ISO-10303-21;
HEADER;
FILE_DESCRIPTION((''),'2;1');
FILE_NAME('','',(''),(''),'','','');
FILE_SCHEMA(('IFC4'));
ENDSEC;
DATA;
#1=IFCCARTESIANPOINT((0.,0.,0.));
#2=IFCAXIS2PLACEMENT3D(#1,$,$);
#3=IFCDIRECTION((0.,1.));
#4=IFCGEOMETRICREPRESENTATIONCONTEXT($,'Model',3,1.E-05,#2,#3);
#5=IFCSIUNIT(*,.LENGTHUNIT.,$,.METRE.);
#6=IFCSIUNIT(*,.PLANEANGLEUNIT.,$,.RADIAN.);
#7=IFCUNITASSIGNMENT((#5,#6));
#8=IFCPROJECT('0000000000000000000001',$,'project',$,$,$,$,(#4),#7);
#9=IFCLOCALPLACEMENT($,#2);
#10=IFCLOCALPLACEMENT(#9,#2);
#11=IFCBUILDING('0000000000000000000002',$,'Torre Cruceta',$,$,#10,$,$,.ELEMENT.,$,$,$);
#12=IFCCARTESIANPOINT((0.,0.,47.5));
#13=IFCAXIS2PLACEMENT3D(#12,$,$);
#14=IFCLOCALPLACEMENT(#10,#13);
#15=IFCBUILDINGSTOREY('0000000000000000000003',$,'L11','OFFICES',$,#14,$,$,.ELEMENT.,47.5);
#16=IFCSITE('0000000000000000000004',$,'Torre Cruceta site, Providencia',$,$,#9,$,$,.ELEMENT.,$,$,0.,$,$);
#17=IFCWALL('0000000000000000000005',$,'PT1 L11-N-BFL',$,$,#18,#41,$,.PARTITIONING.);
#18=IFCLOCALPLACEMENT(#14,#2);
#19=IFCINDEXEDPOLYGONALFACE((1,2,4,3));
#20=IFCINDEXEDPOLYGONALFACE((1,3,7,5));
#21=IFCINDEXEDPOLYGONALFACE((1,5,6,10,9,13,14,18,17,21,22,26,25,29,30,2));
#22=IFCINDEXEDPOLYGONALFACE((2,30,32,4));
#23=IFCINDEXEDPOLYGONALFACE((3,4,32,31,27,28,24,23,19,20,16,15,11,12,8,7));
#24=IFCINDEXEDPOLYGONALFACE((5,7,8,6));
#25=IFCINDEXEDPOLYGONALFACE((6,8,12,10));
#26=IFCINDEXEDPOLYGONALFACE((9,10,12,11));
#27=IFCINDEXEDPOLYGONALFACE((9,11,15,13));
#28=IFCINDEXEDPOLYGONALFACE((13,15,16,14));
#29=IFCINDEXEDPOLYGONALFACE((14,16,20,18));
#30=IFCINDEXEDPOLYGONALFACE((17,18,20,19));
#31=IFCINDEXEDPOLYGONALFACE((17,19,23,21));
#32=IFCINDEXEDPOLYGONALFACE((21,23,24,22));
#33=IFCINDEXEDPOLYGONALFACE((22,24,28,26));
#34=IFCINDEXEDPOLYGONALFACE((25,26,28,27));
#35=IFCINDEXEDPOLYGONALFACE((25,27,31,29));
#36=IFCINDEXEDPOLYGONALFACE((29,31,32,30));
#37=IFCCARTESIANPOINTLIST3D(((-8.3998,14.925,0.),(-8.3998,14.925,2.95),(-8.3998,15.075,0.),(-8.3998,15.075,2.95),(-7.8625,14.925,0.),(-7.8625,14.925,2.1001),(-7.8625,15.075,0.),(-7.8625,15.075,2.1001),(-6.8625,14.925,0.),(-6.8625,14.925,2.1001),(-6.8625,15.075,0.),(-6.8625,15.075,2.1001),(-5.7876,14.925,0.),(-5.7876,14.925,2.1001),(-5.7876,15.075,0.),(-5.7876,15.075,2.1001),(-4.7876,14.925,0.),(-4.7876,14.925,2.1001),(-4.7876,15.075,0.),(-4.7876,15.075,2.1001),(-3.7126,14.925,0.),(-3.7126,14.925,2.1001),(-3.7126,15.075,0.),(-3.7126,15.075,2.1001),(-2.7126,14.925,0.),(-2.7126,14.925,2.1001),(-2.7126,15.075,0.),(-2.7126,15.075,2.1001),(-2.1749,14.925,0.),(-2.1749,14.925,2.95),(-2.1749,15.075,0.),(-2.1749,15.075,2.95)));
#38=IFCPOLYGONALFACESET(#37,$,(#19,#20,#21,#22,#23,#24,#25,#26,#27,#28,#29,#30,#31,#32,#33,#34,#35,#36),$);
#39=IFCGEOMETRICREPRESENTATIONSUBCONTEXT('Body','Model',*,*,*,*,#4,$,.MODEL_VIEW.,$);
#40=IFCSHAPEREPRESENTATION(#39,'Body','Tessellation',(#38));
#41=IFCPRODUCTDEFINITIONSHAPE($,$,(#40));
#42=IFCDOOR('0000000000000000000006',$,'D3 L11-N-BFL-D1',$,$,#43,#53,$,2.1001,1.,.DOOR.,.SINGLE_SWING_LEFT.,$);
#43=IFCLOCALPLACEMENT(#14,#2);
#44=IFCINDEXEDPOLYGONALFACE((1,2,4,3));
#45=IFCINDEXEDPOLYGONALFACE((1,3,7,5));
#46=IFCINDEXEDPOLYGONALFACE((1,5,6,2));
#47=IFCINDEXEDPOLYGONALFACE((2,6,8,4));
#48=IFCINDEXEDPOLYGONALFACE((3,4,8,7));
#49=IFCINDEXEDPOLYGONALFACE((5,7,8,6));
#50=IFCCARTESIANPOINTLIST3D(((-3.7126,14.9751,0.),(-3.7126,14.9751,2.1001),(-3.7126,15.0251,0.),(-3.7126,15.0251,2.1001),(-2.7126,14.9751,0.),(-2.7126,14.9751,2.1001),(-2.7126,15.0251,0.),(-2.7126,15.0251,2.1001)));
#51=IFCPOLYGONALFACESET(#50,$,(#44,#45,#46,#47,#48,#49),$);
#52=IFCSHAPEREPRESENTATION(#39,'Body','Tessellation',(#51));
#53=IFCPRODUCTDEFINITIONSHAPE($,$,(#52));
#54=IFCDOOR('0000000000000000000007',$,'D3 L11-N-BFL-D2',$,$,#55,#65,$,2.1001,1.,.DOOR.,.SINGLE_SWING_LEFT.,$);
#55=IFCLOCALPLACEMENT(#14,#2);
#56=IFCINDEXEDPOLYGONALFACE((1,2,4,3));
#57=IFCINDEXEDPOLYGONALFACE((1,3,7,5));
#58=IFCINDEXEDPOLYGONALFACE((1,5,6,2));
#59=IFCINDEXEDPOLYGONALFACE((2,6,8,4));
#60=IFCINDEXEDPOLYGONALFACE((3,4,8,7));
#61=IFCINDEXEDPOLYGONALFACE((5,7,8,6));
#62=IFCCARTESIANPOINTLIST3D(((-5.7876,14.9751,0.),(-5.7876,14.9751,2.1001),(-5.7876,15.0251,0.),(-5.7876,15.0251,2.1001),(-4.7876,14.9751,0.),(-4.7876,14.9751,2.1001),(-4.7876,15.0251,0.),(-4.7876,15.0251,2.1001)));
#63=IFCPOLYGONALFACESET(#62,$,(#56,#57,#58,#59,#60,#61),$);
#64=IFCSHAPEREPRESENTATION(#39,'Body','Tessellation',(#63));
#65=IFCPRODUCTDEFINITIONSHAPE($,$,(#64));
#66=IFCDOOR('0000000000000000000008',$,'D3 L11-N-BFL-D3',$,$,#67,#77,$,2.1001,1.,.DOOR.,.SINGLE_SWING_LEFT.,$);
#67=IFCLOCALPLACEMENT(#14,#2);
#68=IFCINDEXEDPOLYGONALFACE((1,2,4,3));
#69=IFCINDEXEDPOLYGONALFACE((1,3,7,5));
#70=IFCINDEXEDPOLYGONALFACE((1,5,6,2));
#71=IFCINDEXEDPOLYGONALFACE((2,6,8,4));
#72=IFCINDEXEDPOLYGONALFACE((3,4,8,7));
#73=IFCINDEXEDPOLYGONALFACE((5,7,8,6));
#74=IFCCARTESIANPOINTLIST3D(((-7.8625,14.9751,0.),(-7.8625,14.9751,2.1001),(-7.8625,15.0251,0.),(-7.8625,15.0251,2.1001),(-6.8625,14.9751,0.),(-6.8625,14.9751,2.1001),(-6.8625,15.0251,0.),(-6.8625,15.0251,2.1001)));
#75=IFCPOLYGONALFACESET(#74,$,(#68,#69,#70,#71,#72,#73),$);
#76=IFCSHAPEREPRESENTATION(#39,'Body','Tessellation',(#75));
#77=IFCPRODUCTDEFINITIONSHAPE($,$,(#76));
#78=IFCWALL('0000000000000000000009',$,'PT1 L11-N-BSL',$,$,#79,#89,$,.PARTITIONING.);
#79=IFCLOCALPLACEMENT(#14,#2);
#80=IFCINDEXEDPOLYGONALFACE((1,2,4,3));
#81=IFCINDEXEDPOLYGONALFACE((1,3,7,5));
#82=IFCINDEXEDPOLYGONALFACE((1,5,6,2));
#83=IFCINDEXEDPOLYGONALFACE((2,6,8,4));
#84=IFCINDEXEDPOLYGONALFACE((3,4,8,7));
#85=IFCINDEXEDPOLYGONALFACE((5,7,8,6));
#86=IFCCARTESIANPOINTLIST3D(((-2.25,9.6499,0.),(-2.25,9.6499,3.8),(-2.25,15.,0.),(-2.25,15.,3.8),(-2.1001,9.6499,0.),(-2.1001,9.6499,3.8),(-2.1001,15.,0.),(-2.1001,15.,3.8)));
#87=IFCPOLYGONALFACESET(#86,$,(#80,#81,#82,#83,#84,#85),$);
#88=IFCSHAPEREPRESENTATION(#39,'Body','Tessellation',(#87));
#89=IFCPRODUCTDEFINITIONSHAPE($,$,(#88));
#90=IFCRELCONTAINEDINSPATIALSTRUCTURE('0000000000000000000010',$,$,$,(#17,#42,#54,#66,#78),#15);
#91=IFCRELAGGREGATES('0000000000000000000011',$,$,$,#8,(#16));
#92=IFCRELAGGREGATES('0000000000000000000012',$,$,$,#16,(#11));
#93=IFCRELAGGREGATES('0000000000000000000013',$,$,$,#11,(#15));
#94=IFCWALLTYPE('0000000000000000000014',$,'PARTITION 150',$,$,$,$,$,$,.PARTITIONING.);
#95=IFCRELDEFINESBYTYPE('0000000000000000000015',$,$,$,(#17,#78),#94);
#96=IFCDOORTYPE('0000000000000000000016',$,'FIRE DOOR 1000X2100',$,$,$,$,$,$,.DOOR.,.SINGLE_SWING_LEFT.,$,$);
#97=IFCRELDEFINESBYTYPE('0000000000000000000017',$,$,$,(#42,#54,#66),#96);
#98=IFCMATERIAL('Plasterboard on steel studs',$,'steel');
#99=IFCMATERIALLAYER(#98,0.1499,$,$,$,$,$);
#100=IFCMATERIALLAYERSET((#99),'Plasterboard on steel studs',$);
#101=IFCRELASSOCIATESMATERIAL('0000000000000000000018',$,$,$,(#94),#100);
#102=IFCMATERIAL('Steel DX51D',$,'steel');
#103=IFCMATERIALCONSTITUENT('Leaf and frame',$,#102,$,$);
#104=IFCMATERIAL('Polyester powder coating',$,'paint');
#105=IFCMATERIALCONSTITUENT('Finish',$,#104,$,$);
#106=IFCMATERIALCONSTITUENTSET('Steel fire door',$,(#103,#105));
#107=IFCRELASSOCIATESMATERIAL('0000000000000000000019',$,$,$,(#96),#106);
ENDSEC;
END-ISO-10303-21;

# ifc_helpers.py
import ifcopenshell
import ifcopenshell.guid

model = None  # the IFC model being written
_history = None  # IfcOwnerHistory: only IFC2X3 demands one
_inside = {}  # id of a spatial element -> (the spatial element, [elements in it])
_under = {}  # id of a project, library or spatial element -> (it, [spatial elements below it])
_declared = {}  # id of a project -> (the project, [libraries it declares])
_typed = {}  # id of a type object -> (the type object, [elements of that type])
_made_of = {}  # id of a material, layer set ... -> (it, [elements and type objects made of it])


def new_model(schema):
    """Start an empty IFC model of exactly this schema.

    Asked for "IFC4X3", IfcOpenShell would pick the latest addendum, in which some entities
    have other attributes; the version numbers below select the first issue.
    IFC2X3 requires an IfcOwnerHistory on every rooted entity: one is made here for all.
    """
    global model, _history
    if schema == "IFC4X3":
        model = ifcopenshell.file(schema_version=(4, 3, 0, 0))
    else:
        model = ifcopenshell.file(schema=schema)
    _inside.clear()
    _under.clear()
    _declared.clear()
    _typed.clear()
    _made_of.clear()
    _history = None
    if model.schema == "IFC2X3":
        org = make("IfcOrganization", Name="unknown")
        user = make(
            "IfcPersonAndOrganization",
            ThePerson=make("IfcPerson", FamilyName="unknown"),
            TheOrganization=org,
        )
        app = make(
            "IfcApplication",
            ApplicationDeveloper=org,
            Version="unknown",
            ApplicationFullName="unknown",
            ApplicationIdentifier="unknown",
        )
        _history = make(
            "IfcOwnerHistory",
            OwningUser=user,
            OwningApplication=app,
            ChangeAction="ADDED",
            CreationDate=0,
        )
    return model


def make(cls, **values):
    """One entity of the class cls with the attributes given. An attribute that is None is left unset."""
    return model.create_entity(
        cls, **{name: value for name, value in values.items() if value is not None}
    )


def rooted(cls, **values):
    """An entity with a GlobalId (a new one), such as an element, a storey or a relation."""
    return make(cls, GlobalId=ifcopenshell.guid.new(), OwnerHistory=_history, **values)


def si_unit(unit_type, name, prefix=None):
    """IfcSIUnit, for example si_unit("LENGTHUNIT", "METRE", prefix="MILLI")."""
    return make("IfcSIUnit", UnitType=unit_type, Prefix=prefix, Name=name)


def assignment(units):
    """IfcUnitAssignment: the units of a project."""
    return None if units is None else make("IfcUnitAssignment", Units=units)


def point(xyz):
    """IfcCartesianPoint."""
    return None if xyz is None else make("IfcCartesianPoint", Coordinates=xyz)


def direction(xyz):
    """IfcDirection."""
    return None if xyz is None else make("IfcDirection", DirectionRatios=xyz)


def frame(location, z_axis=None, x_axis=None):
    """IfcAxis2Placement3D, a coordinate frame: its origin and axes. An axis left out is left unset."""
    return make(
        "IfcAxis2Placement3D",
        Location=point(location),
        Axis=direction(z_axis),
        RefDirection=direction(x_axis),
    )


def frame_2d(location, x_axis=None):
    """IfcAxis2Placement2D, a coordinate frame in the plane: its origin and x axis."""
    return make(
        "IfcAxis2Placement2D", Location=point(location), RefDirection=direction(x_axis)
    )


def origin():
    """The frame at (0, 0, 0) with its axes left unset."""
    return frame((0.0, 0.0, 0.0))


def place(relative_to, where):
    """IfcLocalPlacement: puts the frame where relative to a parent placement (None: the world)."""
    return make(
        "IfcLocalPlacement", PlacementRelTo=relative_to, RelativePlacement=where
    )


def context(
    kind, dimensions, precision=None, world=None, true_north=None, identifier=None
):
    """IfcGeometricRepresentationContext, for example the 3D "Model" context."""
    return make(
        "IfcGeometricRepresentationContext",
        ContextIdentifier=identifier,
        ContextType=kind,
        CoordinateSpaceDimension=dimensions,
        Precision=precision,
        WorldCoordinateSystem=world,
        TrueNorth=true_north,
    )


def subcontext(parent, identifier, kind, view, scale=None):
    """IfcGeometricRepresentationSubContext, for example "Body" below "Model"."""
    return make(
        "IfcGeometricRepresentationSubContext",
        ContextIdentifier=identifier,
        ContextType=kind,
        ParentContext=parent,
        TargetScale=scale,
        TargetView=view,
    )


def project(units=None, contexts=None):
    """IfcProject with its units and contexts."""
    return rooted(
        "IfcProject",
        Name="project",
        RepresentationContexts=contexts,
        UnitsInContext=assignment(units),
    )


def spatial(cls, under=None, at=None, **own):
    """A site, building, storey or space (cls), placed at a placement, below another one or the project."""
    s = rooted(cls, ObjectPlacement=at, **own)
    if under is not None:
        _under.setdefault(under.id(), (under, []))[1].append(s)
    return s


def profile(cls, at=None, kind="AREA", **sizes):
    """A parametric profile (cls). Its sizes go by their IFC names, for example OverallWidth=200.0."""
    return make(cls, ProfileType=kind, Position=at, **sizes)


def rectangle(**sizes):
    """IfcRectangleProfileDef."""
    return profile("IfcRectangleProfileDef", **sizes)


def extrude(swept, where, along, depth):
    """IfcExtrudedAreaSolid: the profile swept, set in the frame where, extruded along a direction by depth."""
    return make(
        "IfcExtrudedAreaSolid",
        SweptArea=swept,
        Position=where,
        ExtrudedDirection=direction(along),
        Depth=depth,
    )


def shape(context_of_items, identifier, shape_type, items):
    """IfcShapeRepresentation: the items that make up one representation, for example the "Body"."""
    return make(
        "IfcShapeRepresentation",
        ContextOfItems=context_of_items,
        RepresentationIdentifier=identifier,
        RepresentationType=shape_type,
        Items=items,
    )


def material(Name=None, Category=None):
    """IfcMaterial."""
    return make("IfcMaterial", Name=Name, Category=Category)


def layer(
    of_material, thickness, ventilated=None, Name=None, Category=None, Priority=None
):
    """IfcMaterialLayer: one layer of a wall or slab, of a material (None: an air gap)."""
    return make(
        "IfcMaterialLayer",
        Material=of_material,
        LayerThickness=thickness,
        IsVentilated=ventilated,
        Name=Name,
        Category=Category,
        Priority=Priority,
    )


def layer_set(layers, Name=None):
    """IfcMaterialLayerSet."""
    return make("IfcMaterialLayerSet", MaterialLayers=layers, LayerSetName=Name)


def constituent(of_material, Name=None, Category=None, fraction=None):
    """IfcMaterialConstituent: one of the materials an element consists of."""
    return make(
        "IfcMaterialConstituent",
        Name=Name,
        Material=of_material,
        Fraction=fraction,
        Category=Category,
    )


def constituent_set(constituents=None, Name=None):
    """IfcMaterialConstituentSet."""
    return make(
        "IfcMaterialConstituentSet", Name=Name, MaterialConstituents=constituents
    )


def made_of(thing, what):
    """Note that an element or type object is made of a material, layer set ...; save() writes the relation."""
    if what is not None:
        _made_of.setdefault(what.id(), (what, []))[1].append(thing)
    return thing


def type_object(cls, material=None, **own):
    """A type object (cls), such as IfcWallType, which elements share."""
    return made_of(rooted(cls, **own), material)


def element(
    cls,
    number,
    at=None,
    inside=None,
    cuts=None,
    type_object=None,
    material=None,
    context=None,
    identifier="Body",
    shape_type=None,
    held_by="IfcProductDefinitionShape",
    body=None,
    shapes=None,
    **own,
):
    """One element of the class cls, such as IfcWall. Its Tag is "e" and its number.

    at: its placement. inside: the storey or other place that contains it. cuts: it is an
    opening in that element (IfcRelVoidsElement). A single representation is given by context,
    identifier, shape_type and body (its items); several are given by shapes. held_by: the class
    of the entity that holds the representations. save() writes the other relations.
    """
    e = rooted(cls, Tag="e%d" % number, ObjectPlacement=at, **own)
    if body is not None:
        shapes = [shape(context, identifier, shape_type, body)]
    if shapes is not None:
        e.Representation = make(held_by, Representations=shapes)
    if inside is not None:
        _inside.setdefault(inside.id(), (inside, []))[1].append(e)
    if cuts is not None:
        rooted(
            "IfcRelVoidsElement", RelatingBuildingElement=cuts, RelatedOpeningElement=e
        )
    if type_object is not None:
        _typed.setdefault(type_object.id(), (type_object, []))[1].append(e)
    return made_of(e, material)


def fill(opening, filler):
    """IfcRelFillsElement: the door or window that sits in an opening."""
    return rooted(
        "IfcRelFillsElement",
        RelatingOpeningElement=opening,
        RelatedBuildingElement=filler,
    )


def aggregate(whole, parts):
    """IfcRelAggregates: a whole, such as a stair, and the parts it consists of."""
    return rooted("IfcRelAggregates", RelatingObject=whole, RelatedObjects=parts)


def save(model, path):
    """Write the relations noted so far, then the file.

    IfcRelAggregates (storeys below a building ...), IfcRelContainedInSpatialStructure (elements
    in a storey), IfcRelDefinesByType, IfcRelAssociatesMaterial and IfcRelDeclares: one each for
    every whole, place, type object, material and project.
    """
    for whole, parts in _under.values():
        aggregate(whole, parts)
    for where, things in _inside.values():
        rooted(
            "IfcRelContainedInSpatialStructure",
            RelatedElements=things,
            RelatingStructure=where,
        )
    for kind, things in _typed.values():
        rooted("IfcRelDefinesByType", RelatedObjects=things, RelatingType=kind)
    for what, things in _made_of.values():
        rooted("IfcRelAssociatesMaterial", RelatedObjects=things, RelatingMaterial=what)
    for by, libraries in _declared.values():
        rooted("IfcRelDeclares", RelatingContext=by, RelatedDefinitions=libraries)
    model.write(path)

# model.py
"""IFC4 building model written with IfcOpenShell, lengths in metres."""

from ifc_helpers import new_model, si_unit, direction, frame, frame_2d, origin, place, context, subcontext, project, spatial, rectangle, extrude, material, layer, layer_set, constituent, constituent_set, type_object, element, fill, save


model = new_model("IFC4")

# Units and contexts
model_context = context("Model", 3, precision=1e-05, world=origin(), true_north=direction((0.0, 1.0)))
body_context = subcontext(model_context, "Body", "Model", "MODEL_VIEW")
ifc_project = project(units=[si_unit("LENGTHUNIT", "METRE"), si_unit("PLANEANGLEUNIT", "RADIAN")], contexts=[model_context])

# Site, building, storey
site_placement = place(None, origin())
site = spatial("IfcSite", under=ifc_project, at=site_placement, Name="Torre Cruceta site, Providencia", CompositionType="ELEMENT", RefElevation=0.0)
building_placement = place(site_placement, origin())
building = spatial("IfcBuilding", under=site, at=building_placement, Name="Torre Cruceta", CompositionType="ELEMENT")
storey_placement = place(building_placement, frame((0.0, 0.0, 47.5)))
storey = spatial("IfcBuildingStorey", under=building, at=storey_placement, Name="L11", Description="OFFICES", CompositionType="ELEMENT", Elevation=47.5)

# Wall, openings, doors
ifc_material_1 = material(Name="Plasterboard on steel studs", Category="steel")
ifc_layer_1 = layer(ifc_material_1, 0.1499)
ifc_layer_set_1 = layer_set([ifc_layer_1], Name="Plasterboard on steel studs")
wall_type_1 = type_object("IfcWallType", Name="PARTITION 150", PredefinedType="PARTITIONING", material=ifc_layer_set_1)
wall_1_placement = place(storey_placement, frame((-2.175, 15.0, 0.0), z_axis=(0.0, 0.0, 1.0), x_axis=(-1.0, 0.0, 0.0)))
wall_1 = element("IfcWall", 1, at=wall_1_placement, inside=storey, type_object=wall_type_1, Name="PT1 L11-N-BFL", PredefinedType="PARTITIONING", context=body_context, shape_type="SweptSolid", body=[
    extrude(rectangle(XDim=6.2249, YDim=0.1499, at=frame_2d((3.1123, 0.0))), origin(), (0.0, 0.0, 1.0), 2.95),
])
opening_1_placement = place(wall_1_placement, frame((0.5376, 0.0, 0.0)))
opening_1 = element("IfcOpeningElement", 2, at=opening_1_placement, cuts=wall_1, PredefinedType="OPENING", context=body_context, shape_type="SweptSolid", body=[
    extrude(rectangle(XDim=1.0, YDim=2.1001, at=frame_2d((0.5, 1.05))), frame((0.0, 0.085, 0.0), z_axis=(0.0, -1.0, 0.0), x_axis=(1.0, 0.0, 0.0)), (0.0, 0.0, 1.0), 0.1699),
])
opening_2_placement = place(wall_1_placement, frame((2.6125, 0.0, 0.0)))
opening_2 = element("IfcOpeningElement", 3, at=opening_2_placement, cuts=wall_1, PredefinedType="OPENING", context=body_context, shape_type="SweptSolid", body=[
    extrude(rectangle(XDim=1.0, YDim=2.1001, at=frame_2d((0.5, 1.05))), frame((0.0, 0.085, 0.0), z_axis=(0.0, -1.0, 0.0), x_axis=(1.0, 0.0, 0.0)), (0.0, 0.0, 1.0), 0.1699),
])
opening_3_placement = place(wall_1_placement, frame((4.6875, 0.0, 0.0)))
opening_3 = element("IfcOpeningElement", 4, at=opening_3_placement, cuts=wall_1, PredefinedType="OPENING", context=body_context, shape_type="SweptSolid", body=[
    extrude(rectangle(XDim=1.0, YDim=2.1001, at=frame_2d((0.5, 1.05))), frame((0.0, 0.085, 0.0), z_axis=(0.0, -1.0, 0.0), x_axis=(1.0, 0.0, 0.0)), (0.0, 0.0, 1.0), 0.1699),
])
ifc_material_2 = material(Name="Steel DX51D", Category="steel")
ifc_constituent_1 = constituent(ifc_material_2, Name="Leaf and frame")
ifc_material_3 = material(Name="Polyester powder coating", Category="paint")
ifc_constituent_2 = constituent(ifc_material_3, Name="Finish")
ifc_constituent_set_1 = constituent_set(constituents=[ifc_constituent_1, ifc_constituent_2], Name="Steel fire door")
door_type = type_object("IfcDoorType", Name="FIRE DOOR 1000X2100", OperationType="SINGLE_SWING_LEFT", PredefinedType="DOOR", material=ifc_constituent_set_1)
door_1_placement = place(opening_1_placement, origin())
door_1 = element("IfcDoor", 5, at=door_1_placement, inside=storey, type_object=door_type, Name="D3 L11-N-BFL-D1", OperationType="SINGLE_SWING_LEFT", OverallHeight=2.1001, OverallWidth=1.0, PredefinedType="DOOR", context=body_context, shape_type="SweptSolid", body=[
    extrude(rectangle(XDim=1.0, YDim=2.1001, at=frame_2d((0.5, 1.05))), frame((0.0, 0.0249, 0.0), z_axis=(0.0, -1.0, 0.0), x_axis=(1.0, 0.0, 0.0)), (0.0, 0.0, 1.0), 0.05),
])
fill(opening_1, door_1)
door_2_placement = place(opening_2_placement, origin())
door_2 = element("IfcDoor", 6, at=door_2_placement, inside=storey, type_object=door_type, Name="D3 L11-N-BFL-D2", OperationType="SINGLE_SWING_LEFT", OverallHeight=2.1001, OverallWidth=1.0, PredefinedType="DOOR", context=body_context, shape_type="SweptSolid", body=[
    extrude(rectangle(XDim=1.0, YDim=2.1001, at=frame_2d((0.5, 1.05))), frame((0.0, 0.0249, 0.0), z_axis=(0.0, -1.0, 0.0), x_axis=(1.0, 0.0, 0.0)), (0.0, 0.0, 1.0), 0.05),
])
fill(opening_2, door_2)
door_3_placement = place(opening_3_placement, origin())
door_3 = element("IfcDoor", 7, at=door_3_placement, inside=storey, type_object=door_type, Name="D3 L11-N-BFL-D3", OperationType="SINGLE_SWING_LEFT", OverallHeight=2.1001, OverallWidth=1.0, PredefinedType="DOOR", context=body_context, shape_type="SweptSolid", body=[
    extrude(rectangle(XDim=1.0, YDim=2.1001, at=frame_2d((0.5, 1.05))), frame((0.0, 0.0249, 0.0), z_axis=(0.0, -1.0, 0.0), x_axis=(1.0, 0.0, 0.0)), (0.0, 0.0, 1.0), 0.05),
])
fill(opening_3, door_3)

# Wall
wall_2_placement = place(storey_placement, frame((-2.175, 9.6499, 0.0), z_axis=(0.0, 0.0, 1.0), x_axis=(0.0, 1.0, 0.0)))
element("IfcWall", 8, at=wall_2_placement, inside=storey, type_object=wall_type_1, Name="PT1 L11-N-BSL", PredefinedType="PARTITIONING", context=body_context, shape_type="SweptSolid", body=[
    extrude(rectangle(XDim=5.3501, YDim=0.1499, at=frame_2d((2.675, 0.0))), origin(), (0.0, 0.0, 1.0), 3.8),
])

save(model, "model.ifc")
